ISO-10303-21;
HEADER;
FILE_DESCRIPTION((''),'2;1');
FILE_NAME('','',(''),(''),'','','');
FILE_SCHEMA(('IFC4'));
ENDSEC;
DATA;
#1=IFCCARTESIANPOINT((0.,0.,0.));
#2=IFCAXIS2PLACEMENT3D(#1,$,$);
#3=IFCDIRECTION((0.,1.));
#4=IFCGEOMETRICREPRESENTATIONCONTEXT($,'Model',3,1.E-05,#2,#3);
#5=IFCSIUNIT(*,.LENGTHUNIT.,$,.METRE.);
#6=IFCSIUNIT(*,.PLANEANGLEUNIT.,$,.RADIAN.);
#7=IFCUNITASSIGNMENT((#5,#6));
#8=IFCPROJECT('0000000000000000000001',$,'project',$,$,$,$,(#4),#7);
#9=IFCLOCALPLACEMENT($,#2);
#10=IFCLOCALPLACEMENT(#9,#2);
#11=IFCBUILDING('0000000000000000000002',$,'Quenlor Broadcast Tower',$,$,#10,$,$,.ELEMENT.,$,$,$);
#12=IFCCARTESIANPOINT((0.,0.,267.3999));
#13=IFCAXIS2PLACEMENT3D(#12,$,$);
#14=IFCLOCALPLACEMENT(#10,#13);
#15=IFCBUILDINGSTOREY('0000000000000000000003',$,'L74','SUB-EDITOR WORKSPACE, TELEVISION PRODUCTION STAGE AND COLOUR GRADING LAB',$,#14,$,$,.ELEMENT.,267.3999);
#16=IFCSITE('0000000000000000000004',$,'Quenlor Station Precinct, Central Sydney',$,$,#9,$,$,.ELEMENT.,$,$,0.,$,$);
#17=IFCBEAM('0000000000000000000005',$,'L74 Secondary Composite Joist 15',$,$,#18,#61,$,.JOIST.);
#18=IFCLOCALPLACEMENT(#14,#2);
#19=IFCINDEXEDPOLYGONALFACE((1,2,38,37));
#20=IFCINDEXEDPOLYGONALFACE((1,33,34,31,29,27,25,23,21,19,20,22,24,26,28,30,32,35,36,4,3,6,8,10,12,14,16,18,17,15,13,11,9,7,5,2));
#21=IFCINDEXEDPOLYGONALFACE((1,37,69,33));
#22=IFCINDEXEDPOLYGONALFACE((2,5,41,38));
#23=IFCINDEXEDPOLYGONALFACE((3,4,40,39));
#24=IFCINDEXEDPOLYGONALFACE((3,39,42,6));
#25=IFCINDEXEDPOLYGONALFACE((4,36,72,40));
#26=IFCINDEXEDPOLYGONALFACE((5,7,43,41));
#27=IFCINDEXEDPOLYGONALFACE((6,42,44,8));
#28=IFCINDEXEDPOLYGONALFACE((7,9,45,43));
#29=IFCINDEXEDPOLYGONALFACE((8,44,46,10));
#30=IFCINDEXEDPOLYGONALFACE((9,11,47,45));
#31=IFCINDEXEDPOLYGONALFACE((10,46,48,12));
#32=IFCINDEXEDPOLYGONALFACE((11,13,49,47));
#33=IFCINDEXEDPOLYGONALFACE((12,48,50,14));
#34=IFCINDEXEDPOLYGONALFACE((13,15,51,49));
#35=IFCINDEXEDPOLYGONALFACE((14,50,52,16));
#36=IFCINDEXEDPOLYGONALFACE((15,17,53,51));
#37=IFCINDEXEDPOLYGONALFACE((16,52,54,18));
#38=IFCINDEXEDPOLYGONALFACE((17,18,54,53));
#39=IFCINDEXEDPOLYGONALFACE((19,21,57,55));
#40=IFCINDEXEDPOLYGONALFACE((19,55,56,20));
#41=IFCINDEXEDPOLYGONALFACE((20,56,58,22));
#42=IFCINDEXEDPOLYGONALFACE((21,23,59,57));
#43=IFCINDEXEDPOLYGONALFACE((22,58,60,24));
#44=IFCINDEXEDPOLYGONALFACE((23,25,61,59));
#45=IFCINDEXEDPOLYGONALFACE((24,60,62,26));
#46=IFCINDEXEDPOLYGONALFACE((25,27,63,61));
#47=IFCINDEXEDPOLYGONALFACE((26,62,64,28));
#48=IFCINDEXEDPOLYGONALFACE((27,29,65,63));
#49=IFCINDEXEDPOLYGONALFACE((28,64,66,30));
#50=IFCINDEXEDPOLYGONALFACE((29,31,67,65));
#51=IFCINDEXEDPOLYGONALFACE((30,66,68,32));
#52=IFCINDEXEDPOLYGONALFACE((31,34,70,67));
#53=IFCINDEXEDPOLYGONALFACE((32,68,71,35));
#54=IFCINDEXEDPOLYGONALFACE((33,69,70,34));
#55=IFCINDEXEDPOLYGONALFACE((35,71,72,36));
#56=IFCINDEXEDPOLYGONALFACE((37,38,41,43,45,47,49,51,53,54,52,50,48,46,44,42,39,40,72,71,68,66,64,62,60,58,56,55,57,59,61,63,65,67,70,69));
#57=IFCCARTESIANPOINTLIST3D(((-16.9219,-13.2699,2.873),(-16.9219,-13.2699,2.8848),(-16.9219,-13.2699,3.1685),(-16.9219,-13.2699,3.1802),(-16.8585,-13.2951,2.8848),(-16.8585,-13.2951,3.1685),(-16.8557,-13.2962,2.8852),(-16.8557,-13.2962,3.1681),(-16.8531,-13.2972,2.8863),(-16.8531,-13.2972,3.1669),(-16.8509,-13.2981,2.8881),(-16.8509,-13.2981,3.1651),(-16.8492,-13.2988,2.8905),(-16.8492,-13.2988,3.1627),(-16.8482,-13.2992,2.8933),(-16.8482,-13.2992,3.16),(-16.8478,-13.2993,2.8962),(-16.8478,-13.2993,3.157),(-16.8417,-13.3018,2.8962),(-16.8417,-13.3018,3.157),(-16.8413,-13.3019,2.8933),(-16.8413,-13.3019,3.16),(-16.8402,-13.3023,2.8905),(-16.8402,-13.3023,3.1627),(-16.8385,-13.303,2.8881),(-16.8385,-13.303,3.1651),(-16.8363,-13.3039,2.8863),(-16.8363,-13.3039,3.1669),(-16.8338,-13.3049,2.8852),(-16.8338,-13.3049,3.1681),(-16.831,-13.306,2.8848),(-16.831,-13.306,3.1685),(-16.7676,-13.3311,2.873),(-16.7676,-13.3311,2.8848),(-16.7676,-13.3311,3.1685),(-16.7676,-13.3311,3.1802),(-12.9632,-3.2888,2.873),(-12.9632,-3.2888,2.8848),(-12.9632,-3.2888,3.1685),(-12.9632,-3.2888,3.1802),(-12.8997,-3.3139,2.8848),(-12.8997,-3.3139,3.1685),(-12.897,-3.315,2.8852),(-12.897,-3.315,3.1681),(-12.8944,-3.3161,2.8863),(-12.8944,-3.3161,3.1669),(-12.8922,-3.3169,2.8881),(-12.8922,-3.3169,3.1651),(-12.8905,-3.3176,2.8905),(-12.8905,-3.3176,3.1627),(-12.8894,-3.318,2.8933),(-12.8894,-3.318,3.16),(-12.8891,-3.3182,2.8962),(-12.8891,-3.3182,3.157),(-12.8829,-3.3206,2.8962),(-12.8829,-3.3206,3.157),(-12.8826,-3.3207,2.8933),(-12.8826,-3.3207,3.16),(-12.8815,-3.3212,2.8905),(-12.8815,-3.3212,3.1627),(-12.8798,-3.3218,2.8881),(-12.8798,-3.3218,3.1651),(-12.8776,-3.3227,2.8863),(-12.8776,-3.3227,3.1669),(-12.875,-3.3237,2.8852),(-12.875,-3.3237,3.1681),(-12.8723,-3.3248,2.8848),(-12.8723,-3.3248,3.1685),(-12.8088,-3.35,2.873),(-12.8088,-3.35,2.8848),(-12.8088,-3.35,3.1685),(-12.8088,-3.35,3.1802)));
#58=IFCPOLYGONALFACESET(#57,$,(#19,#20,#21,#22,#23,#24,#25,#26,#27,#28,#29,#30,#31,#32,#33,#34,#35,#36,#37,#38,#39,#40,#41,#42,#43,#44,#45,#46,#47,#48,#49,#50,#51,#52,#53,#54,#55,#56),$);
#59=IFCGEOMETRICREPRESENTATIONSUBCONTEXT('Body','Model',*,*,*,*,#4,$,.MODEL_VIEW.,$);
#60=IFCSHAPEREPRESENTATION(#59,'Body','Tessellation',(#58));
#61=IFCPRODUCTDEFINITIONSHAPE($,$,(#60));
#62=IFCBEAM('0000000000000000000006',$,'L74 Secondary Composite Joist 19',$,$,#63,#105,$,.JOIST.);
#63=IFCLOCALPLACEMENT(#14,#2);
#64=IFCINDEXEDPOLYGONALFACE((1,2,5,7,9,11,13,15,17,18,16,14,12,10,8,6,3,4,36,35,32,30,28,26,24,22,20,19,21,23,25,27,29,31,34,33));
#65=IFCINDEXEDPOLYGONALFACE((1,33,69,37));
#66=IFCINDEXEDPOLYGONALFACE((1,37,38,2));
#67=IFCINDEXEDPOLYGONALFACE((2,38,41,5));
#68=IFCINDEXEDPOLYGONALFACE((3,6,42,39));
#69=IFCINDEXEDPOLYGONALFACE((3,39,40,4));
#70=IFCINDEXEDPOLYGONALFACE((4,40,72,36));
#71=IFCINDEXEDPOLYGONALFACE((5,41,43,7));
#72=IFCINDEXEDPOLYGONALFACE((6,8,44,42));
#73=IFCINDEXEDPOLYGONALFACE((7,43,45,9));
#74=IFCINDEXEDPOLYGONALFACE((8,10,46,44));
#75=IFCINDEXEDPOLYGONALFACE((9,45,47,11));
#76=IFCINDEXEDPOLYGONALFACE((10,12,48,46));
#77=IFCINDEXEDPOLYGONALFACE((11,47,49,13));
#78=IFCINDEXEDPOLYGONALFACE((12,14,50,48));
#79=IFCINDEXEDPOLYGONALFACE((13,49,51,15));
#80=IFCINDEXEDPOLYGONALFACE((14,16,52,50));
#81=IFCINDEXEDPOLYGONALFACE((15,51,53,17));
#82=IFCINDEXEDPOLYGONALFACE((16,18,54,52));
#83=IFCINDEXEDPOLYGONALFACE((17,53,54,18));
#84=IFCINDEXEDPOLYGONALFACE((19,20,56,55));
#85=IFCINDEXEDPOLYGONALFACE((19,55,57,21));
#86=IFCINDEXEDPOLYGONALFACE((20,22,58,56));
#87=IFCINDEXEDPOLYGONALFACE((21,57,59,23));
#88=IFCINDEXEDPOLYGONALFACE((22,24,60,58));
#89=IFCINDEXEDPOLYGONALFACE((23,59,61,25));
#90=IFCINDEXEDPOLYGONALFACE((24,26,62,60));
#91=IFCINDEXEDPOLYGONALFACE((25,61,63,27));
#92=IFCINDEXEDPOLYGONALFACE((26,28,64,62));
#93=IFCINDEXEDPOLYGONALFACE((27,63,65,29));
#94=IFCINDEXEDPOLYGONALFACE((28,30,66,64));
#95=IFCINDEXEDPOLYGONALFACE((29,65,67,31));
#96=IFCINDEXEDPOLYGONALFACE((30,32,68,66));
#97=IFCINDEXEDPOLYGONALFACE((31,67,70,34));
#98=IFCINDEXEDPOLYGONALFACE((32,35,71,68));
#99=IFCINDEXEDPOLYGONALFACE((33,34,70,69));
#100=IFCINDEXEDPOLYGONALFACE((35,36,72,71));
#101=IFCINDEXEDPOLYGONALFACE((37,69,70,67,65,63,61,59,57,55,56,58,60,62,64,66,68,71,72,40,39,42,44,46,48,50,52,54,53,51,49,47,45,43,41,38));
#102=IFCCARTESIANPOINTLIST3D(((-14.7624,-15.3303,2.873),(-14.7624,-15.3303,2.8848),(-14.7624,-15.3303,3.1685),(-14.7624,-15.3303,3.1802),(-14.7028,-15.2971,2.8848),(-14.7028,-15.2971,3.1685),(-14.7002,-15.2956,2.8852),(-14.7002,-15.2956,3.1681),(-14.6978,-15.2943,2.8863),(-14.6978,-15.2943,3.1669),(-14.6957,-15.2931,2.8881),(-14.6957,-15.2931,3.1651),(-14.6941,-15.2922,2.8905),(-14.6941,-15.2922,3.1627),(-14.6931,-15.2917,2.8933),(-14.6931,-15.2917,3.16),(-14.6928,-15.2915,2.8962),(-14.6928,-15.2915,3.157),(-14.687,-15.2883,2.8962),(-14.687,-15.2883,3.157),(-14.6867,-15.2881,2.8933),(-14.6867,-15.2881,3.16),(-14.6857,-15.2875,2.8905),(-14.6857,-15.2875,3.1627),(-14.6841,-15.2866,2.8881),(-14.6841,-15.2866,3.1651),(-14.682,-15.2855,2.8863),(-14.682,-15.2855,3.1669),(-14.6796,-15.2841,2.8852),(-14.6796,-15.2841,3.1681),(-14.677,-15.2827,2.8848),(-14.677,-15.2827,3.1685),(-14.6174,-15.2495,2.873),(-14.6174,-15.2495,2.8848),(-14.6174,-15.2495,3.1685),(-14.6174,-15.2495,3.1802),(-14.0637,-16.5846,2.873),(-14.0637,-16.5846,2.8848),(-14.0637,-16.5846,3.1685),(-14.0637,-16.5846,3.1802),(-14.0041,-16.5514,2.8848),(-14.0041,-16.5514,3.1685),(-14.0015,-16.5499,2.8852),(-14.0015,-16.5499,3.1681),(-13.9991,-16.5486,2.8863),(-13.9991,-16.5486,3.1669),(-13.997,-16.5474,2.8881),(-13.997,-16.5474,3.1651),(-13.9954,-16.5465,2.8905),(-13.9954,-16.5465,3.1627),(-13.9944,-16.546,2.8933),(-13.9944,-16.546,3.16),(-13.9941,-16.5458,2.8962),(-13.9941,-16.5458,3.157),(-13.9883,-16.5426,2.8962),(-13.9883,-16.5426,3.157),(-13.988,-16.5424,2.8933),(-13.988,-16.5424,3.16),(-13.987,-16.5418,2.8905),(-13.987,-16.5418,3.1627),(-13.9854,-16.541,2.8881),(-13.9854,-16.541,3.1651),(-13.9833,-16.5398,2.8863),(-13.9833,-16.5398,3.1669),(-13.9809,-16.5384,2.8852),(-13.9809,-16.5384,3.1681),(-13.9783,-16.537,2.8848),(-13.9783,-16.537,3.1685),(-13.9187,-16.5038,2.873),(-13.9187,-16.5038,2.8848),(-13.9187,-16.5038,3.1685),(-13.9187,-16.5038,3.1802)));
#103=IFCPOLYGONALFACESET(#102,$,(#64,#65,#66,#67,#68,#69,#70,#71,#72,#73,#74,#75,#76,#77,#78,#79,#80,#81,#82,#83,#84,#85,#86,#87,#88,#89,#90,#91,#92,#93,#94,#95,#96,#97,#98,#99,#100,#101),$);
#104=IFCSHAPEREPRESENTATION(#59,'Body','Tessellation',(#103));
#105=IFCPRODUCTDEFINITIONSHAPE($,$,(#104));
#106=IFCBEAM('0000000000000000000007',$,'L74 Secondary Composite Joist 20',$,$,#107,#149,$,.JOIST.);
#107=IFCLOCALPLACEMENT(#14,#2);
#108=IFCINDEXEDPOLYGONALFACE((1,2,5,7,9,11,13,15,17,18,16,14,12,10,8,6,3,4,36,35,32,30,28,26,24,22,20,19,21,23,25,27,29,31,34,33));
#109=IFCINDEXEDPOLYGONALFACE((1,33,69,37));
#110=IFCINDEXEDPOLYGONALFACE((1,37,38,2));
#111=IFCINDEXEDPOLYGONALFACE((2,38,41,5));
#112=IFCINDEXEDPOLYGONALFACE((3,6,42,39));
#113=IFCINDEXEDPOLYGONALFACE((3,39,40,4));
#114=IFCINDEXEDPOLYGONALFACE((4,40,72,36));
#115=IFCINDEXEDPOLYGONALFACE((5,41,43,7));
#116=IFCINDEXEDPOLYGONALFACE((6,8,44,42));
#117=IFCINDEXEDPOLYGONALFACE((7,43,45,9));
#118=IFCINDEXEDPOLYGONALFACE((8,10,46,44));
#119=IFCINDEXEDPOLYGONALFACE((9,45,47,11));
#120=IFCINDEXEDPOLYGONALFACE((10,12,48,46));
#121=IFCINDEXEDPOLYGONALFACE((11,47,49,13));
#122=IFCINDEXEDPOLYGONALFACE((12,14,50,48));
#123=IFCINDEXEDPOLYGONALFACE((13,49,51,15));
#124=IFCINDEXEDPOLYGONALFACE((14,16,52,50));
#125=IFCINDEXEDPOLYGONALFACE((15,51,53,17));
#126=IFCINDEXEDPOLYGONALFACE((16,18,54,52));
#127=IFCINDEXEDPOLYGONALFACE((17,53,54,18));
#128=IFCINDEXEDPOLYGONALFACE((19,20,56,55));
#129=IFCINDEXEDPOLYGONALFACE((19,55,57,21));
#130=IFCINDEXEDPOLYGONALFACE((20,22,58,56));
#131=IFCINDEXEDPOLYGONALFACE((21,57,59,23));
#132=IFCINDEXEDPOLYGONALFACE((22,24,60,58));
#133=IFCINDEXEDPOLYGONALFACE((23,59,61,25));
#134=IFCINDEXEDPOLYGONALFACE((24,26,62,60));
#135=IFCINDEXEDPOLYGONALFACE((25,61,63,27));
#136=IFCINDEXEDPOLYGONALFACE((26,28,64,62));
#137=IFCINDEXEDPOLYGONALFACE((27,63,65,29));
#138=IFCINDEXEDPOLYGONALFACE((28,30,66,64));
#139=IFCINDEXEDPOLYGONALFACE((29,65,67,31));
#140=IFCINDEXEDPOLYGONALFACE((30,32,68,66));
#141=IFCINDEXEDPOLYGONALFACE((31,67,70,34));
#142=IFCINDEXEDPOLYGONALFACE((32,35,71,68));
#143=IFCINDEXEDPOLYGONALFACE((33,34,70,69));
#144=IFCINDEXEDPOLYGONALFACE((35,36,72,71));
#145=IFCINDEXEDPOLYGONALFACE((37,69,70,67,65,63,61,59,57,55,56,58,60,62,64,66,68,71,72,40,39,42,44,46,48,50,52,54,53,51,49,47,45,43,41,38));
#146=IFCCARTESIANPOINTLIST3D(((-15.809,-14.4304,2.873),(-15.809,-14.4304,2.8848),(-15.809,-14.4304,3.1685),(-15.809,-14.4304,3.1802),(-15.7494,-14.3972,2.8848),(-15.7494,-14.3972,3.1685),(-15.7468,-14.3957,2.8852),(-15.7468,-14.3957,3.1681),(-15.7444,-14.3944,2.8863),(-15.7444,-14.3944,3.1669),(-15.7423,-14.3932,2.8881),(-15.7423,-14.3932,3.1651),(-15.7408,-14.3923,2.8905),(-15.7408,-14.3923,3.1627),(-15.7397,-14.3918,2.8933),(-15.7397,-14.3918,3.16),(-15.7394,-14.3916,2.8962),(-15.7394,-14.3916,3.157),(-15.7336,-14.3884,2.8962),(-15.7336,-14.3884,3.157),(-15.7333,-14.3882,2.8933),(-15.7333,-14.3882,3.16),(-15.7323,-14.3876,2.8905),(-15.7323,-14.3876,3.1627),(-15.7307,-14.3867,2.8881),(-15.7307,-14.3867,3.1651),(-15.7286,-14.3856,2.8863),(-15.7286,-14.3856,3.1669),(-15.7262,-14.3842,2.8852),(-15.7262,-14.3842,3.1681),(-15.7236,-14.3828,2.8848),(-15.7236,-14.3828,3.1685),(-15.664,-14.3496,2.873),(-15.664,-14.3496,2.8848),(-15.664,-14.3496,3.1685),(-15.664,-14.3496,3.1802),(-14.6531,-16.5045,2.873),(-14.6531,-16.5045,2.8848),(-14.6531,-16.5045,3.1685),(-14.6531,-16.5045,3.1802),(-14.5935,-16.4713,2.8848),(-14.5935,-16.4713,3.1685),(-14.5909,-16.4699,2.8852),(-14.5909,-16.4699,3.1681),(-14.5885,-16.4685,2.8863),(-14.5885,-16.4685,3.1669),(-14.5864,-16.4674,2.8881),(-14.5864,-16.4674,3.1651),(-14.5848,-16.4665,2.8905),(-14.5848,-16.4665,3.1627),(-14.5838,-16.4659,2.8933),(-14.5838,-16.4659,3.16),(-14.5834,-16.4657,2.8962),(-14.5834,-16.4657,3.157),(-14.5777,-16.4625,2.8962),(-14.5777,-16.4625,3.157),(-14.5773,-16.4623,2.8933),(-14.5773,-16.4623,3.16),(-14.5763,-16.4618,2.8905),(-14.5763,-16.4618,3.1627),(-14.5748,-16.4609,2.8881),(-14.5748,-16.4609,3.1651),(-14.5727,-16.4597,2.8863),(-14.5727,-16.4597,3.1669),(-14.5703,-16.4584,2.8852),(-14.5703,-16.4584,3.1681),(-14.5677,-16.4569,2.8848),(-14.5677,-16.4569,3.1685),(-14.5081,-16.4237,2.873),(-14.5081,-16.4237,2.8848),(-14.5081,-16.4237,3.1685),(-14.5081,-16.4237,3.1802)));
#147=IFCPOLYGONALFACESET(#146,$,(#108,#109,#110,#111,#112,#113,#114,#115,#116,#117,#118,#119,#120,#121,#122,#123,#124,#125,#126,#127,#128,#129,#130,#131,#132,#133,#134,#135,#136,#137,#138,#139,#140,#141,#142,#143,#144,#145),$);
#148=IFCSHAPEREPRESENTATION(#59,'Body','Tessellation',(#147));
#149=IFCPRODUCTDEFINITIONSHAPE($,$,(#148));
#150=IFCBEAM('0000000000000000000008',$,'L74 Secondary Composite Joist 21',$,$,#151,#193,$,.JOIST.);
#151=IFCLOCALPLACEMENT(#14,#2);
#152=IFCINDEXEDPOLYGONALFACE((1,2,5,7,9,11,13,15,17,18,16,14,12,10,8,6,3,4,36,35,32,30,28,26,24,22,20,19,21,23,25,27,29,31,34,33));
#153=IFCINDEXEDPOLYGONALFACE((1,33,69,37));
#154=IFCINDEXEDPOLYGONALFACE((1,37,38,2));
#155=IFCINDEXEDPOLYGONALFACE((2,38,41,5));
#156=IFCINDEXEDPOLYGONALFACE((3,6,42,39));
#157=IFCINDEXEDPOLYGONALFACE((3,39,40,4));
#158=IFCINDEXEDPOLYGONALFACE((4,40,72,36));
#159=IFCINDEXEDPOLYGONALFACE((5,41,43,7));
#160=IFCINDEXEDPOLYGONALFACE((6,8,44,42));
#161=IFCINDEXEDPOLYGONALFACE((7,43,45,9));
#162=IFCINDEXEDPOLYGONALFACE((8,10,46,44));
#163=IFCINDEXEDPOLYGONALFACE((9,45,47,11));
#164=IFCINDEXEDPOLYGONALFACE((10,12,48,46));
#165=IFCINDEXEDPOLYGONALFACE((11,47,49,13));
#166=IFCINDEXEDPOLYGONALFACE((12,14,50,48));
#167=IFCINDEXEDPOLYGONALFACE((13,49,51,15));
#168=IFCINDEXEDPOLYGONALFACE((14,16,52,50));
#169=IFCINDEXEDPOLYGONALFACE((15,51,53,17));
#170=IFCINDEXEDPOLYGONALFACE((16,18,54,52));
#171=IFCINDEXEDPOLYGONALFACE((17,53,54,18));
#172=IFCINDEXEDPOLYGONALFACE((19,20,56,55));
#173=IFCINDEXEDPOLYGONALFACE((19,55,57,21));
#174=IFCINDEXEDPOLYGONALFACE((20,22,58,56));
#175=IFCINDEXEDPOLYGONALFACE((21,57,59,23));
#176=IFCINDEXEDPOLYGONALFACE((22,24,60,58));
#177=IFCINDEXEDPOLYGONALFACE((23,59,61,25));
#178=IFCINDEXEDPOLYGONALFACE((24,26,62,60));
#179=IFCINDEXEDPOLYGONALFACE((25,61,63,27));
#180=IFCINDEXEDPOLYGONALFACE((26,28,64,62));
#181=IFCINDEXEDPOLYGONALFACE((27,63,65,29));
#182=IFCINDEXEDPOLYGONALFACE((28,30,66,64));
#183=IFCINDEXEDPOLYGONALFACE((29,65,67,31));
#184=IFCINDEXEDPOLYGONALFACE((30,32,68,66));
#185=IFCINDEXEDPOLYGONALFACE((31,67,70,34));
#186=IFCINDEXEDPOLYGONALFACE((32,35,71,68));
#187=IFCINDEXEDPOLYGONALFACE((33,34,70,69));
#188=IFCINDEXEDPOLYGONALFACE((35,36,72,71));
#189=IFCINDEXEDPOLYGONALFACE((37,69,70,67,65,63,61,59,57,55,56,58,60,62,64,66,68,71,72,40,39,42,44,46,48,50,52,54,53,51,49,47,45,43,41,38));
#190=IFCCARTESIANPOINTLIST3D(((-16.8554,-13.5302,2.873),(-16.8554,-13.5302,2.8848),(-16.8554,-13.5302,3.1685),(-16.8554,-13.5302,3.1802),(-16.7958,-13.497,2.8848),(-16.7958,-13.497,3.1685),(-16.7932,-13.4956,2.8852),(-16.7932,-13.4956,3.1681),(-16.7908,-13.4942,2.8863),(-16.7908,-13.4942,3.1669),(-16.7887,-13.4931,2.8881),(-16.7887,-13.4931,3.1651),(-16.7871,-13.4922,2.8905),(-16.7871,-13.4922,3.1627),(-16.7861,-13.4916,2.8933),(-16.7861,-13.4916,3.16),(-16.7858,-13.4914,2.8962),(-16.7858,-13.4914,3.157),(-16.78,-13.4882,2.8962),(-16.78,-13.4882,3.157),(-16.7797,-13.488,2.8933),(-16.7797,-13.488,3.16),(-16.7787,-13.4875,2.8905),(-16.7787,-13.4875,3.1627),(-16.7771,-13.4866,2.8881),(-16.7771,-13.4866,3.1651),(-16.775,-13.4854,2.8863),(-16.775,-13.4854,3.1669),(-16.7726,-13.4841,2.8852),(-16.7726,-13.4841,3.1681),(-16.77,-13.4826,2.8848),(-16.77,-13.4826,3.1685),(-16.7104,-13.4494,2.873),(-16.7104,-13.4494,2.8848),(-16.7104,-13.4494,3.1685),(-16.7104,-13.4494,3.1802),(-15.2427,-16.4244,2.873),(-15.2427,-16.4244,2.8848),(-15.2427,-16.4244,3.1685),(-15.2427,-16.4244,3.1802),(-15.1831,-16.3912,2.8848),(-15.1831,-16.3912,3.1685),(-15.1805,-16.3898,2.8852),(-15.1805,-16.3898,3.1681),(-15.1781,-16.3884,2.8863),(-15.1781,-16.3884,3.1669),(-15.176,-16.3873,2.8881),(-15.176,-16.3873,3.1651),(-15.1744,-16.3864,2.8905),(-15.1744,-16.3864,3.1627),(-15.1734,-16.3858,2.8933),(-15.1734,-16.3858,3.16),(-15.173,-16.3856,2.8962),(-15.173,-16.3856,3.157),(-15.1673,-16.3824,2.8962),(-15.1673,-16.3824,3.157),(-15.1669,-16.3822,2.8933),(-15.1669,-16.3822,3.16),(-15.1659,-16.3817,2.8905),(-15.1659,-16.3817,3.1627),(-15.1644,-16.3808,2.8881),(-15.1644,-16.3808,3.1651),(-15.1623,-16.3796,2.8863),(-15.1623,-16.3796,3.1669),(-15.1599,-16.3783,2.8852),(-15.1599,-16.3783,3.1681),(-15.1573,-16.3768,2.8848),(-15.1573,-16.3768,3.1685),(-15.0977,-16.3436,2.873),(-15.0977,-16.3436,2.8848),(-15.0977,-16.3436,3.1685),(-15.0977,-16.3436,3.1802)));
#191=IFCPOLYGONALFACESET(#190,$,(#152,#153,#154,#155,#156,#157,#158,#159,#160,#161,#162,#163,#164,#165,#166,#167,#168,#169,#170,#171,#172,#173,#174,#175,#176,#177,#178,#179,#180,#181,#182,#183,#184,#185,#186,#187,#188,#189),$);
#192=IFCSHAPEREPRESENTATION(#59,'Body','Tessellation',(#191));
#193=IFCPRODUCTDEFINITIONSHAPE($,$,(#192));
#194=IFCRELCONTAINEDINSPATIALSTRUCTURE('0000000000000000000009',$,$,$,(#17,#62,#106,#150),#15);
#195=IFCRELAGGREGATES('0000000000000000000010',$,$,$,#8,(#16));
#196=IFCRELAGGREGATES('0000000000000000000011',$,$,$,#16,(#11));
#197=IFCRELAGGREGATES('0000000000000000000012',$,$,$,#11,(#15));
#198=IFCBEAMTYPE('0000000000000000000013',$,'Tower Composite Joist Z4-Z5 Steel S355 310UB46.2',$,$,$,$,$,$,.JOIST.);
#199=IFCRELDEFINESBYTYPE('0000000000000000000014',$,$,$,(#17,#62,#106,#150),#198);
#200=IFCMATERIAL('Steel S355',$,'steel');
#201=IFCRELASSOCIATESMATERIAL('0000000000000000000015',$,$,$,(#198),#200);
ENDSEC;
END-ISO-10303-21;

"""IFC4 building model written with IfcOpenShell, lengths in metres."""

from ifc_helpers import new_model, si_unit, direction, frame, origin, origin_2d, place, context, subcontext, project, spatial, i_section, extrude, material, material_profile, profile_set, type_object, element, save


model = new_model("IFC4")

# Units and contexts
model_context = context("Model", 3, precision=1e-05, world=origin(), true_north=direction((0.0, 1.0)))
body_context = subcontext(model_context, "Body", "Model", "MODEL_VIEW")
ifc_project = project(units=[si_unit("LENGTHUNIT", "METRE"), si_unit("PLANEANGLEUNIT", "RADIAN")], contexts=[model_context])

# Site, building, storey
site_placement = place(None, origin())
site = spatial("IfcSite", under=ifc_project, at=site_placement, Name="Quenlor Station Precinct, Central Sydney", CompositionType="ELEMENT", RefElevation=0.0)
building_placement = place(site_placement, origin())
building = spatial("IfcBuilding", under=site, at=building_placement, Name="Quenlor Broadcast Tower", CompositionType="ELEMENT")
storey_placement = place(building_placement, frame((0.0, 0.0, 267.3999)))
storey = spatial("IfcBuildingStorey", under=building, at=storey_placement, Name="L74", Description="SUB-EDITOR WORKSPACE, TELEVISION PRODUCTION STAGE AND COLOUR GRADING LAB", CompositionType="ELEMENT", Elevation=267.3999)

# Beams
ifc_material_1 = material(Name="Steel S355", Category="steel")
ifc_material_profile_1 = material_profile(ifc_material_1, i_section(OverallWidth=0.166, OverallDepth=0.3071, WebThickness=0.0066, FlangeThickness=0.0117, FilletRadius=0.0115, at=origin_2d()))
ifc_profile_set_1 = profile_set([ifc_material_profile_1], Name="Steel S355 310UB46.2")
beam_type_1 = type_object("IfcBeamType", Name="Tower Composite Joist Z4-Z5 Steel S355 310UB46.2", PredefinedType="JOIST", material=ifc_profile_set_1)
beam_1_placement = place(storey_placement, frame((-16.8447, -13.3005, 3.0266), z_axis=(0.36868, 0.929556, 0.0), x_axis=(-0.929556, 0.36868, 0.0)))
element("IfcBeam", 1, at=beam_1_placement, inside=storey, type_object=beam_type_1, Name="L74 Secondary Composite Joist 15", PredefinedType="JOIST", context=body_context, shape_type="SweptSolid", body=[
    extrude(i_section(OverallWidth=0.166, OverallDepth=0.3071, WebThickness=0.0066, FlangeThickness=0.0117, FilletRadius=0.0115, at=origin_2d()), origin(), (0.0, 0.0, 1.0), 10.7375),
])
beam_2_placement = place(storey_placement, frame((-13.9912, -16.5442, 3.0266), z_axis=(-0.486624, 0.873611, 0.0), x_axis=(-0.873611, -0.486624, 0.0)))
element("IfcBeam", 2, at=beam_2_placement, inside=storey, type_object=beam_type_1, Name="L74 Secondary Composite Joist 19", PredefinedType="JOIST", context=body_context, shape_type="SweptSolid", body=[
    extrude(i_section(OverallWidth=0.166, OverallDepth=0.3071, WebThickness=0.0066, FlangeThickness=0.0117, FilletRadius=0.0115, at=origin_2d()), origin(), (0.0, 0.0, 1.0), 1.4358),
])
beam_3_placement = place(storey_placement, frame((-14.5806, -16.4641, 3.0266), z_axis=(-0.486821, 0.873502, 0.0), x_axis=(-0.873502, -0.486821, 0.0)))
element("IfcBeam", 3, at=beam_3_placement, inside=storey, type_object=beam_type_1, Name="L74 Secondary Composite Joist 20", PredefinedType="JOIST", context=body_context, shape_type="SweptSolid", body=[
    extrude(i_section(OverallWidth=0.166, OverallDepth=0.3071, WebThickness=0.0066, FlangeThickness=0.0117, FilletRadius=0.0115, at=origin_2d()), origin(), (0.0, 0.0, 1.0), 2.3745),
])
beam_4_placement = place(storey_placement, frame((-15.1702, -16.384, 3.0266), z_axis=(-0.486762, 0.873534, 0.0), x_axis=(-0.873534, -0.486762, 0.0)))
element("IfcBeam", 4, at=beam_4_placement, inside=storey, type_object=beam_type_1, Name="L74 Secondary Composite Joist 21", PredefinedType="JOIST", context=body_context, shape_type="SweptSolid", body=[
    extrude(i_section(OverallWidth=0.166, OverallDepth=0.3071, WebThickness=0.0066, FlangeThickness=0.0117, FilletRadius=0.0115, at=origin_2d()), origin(), (0.0, 0.0, 1.0), 3.3132),
])

save(model, "model.ifc")
